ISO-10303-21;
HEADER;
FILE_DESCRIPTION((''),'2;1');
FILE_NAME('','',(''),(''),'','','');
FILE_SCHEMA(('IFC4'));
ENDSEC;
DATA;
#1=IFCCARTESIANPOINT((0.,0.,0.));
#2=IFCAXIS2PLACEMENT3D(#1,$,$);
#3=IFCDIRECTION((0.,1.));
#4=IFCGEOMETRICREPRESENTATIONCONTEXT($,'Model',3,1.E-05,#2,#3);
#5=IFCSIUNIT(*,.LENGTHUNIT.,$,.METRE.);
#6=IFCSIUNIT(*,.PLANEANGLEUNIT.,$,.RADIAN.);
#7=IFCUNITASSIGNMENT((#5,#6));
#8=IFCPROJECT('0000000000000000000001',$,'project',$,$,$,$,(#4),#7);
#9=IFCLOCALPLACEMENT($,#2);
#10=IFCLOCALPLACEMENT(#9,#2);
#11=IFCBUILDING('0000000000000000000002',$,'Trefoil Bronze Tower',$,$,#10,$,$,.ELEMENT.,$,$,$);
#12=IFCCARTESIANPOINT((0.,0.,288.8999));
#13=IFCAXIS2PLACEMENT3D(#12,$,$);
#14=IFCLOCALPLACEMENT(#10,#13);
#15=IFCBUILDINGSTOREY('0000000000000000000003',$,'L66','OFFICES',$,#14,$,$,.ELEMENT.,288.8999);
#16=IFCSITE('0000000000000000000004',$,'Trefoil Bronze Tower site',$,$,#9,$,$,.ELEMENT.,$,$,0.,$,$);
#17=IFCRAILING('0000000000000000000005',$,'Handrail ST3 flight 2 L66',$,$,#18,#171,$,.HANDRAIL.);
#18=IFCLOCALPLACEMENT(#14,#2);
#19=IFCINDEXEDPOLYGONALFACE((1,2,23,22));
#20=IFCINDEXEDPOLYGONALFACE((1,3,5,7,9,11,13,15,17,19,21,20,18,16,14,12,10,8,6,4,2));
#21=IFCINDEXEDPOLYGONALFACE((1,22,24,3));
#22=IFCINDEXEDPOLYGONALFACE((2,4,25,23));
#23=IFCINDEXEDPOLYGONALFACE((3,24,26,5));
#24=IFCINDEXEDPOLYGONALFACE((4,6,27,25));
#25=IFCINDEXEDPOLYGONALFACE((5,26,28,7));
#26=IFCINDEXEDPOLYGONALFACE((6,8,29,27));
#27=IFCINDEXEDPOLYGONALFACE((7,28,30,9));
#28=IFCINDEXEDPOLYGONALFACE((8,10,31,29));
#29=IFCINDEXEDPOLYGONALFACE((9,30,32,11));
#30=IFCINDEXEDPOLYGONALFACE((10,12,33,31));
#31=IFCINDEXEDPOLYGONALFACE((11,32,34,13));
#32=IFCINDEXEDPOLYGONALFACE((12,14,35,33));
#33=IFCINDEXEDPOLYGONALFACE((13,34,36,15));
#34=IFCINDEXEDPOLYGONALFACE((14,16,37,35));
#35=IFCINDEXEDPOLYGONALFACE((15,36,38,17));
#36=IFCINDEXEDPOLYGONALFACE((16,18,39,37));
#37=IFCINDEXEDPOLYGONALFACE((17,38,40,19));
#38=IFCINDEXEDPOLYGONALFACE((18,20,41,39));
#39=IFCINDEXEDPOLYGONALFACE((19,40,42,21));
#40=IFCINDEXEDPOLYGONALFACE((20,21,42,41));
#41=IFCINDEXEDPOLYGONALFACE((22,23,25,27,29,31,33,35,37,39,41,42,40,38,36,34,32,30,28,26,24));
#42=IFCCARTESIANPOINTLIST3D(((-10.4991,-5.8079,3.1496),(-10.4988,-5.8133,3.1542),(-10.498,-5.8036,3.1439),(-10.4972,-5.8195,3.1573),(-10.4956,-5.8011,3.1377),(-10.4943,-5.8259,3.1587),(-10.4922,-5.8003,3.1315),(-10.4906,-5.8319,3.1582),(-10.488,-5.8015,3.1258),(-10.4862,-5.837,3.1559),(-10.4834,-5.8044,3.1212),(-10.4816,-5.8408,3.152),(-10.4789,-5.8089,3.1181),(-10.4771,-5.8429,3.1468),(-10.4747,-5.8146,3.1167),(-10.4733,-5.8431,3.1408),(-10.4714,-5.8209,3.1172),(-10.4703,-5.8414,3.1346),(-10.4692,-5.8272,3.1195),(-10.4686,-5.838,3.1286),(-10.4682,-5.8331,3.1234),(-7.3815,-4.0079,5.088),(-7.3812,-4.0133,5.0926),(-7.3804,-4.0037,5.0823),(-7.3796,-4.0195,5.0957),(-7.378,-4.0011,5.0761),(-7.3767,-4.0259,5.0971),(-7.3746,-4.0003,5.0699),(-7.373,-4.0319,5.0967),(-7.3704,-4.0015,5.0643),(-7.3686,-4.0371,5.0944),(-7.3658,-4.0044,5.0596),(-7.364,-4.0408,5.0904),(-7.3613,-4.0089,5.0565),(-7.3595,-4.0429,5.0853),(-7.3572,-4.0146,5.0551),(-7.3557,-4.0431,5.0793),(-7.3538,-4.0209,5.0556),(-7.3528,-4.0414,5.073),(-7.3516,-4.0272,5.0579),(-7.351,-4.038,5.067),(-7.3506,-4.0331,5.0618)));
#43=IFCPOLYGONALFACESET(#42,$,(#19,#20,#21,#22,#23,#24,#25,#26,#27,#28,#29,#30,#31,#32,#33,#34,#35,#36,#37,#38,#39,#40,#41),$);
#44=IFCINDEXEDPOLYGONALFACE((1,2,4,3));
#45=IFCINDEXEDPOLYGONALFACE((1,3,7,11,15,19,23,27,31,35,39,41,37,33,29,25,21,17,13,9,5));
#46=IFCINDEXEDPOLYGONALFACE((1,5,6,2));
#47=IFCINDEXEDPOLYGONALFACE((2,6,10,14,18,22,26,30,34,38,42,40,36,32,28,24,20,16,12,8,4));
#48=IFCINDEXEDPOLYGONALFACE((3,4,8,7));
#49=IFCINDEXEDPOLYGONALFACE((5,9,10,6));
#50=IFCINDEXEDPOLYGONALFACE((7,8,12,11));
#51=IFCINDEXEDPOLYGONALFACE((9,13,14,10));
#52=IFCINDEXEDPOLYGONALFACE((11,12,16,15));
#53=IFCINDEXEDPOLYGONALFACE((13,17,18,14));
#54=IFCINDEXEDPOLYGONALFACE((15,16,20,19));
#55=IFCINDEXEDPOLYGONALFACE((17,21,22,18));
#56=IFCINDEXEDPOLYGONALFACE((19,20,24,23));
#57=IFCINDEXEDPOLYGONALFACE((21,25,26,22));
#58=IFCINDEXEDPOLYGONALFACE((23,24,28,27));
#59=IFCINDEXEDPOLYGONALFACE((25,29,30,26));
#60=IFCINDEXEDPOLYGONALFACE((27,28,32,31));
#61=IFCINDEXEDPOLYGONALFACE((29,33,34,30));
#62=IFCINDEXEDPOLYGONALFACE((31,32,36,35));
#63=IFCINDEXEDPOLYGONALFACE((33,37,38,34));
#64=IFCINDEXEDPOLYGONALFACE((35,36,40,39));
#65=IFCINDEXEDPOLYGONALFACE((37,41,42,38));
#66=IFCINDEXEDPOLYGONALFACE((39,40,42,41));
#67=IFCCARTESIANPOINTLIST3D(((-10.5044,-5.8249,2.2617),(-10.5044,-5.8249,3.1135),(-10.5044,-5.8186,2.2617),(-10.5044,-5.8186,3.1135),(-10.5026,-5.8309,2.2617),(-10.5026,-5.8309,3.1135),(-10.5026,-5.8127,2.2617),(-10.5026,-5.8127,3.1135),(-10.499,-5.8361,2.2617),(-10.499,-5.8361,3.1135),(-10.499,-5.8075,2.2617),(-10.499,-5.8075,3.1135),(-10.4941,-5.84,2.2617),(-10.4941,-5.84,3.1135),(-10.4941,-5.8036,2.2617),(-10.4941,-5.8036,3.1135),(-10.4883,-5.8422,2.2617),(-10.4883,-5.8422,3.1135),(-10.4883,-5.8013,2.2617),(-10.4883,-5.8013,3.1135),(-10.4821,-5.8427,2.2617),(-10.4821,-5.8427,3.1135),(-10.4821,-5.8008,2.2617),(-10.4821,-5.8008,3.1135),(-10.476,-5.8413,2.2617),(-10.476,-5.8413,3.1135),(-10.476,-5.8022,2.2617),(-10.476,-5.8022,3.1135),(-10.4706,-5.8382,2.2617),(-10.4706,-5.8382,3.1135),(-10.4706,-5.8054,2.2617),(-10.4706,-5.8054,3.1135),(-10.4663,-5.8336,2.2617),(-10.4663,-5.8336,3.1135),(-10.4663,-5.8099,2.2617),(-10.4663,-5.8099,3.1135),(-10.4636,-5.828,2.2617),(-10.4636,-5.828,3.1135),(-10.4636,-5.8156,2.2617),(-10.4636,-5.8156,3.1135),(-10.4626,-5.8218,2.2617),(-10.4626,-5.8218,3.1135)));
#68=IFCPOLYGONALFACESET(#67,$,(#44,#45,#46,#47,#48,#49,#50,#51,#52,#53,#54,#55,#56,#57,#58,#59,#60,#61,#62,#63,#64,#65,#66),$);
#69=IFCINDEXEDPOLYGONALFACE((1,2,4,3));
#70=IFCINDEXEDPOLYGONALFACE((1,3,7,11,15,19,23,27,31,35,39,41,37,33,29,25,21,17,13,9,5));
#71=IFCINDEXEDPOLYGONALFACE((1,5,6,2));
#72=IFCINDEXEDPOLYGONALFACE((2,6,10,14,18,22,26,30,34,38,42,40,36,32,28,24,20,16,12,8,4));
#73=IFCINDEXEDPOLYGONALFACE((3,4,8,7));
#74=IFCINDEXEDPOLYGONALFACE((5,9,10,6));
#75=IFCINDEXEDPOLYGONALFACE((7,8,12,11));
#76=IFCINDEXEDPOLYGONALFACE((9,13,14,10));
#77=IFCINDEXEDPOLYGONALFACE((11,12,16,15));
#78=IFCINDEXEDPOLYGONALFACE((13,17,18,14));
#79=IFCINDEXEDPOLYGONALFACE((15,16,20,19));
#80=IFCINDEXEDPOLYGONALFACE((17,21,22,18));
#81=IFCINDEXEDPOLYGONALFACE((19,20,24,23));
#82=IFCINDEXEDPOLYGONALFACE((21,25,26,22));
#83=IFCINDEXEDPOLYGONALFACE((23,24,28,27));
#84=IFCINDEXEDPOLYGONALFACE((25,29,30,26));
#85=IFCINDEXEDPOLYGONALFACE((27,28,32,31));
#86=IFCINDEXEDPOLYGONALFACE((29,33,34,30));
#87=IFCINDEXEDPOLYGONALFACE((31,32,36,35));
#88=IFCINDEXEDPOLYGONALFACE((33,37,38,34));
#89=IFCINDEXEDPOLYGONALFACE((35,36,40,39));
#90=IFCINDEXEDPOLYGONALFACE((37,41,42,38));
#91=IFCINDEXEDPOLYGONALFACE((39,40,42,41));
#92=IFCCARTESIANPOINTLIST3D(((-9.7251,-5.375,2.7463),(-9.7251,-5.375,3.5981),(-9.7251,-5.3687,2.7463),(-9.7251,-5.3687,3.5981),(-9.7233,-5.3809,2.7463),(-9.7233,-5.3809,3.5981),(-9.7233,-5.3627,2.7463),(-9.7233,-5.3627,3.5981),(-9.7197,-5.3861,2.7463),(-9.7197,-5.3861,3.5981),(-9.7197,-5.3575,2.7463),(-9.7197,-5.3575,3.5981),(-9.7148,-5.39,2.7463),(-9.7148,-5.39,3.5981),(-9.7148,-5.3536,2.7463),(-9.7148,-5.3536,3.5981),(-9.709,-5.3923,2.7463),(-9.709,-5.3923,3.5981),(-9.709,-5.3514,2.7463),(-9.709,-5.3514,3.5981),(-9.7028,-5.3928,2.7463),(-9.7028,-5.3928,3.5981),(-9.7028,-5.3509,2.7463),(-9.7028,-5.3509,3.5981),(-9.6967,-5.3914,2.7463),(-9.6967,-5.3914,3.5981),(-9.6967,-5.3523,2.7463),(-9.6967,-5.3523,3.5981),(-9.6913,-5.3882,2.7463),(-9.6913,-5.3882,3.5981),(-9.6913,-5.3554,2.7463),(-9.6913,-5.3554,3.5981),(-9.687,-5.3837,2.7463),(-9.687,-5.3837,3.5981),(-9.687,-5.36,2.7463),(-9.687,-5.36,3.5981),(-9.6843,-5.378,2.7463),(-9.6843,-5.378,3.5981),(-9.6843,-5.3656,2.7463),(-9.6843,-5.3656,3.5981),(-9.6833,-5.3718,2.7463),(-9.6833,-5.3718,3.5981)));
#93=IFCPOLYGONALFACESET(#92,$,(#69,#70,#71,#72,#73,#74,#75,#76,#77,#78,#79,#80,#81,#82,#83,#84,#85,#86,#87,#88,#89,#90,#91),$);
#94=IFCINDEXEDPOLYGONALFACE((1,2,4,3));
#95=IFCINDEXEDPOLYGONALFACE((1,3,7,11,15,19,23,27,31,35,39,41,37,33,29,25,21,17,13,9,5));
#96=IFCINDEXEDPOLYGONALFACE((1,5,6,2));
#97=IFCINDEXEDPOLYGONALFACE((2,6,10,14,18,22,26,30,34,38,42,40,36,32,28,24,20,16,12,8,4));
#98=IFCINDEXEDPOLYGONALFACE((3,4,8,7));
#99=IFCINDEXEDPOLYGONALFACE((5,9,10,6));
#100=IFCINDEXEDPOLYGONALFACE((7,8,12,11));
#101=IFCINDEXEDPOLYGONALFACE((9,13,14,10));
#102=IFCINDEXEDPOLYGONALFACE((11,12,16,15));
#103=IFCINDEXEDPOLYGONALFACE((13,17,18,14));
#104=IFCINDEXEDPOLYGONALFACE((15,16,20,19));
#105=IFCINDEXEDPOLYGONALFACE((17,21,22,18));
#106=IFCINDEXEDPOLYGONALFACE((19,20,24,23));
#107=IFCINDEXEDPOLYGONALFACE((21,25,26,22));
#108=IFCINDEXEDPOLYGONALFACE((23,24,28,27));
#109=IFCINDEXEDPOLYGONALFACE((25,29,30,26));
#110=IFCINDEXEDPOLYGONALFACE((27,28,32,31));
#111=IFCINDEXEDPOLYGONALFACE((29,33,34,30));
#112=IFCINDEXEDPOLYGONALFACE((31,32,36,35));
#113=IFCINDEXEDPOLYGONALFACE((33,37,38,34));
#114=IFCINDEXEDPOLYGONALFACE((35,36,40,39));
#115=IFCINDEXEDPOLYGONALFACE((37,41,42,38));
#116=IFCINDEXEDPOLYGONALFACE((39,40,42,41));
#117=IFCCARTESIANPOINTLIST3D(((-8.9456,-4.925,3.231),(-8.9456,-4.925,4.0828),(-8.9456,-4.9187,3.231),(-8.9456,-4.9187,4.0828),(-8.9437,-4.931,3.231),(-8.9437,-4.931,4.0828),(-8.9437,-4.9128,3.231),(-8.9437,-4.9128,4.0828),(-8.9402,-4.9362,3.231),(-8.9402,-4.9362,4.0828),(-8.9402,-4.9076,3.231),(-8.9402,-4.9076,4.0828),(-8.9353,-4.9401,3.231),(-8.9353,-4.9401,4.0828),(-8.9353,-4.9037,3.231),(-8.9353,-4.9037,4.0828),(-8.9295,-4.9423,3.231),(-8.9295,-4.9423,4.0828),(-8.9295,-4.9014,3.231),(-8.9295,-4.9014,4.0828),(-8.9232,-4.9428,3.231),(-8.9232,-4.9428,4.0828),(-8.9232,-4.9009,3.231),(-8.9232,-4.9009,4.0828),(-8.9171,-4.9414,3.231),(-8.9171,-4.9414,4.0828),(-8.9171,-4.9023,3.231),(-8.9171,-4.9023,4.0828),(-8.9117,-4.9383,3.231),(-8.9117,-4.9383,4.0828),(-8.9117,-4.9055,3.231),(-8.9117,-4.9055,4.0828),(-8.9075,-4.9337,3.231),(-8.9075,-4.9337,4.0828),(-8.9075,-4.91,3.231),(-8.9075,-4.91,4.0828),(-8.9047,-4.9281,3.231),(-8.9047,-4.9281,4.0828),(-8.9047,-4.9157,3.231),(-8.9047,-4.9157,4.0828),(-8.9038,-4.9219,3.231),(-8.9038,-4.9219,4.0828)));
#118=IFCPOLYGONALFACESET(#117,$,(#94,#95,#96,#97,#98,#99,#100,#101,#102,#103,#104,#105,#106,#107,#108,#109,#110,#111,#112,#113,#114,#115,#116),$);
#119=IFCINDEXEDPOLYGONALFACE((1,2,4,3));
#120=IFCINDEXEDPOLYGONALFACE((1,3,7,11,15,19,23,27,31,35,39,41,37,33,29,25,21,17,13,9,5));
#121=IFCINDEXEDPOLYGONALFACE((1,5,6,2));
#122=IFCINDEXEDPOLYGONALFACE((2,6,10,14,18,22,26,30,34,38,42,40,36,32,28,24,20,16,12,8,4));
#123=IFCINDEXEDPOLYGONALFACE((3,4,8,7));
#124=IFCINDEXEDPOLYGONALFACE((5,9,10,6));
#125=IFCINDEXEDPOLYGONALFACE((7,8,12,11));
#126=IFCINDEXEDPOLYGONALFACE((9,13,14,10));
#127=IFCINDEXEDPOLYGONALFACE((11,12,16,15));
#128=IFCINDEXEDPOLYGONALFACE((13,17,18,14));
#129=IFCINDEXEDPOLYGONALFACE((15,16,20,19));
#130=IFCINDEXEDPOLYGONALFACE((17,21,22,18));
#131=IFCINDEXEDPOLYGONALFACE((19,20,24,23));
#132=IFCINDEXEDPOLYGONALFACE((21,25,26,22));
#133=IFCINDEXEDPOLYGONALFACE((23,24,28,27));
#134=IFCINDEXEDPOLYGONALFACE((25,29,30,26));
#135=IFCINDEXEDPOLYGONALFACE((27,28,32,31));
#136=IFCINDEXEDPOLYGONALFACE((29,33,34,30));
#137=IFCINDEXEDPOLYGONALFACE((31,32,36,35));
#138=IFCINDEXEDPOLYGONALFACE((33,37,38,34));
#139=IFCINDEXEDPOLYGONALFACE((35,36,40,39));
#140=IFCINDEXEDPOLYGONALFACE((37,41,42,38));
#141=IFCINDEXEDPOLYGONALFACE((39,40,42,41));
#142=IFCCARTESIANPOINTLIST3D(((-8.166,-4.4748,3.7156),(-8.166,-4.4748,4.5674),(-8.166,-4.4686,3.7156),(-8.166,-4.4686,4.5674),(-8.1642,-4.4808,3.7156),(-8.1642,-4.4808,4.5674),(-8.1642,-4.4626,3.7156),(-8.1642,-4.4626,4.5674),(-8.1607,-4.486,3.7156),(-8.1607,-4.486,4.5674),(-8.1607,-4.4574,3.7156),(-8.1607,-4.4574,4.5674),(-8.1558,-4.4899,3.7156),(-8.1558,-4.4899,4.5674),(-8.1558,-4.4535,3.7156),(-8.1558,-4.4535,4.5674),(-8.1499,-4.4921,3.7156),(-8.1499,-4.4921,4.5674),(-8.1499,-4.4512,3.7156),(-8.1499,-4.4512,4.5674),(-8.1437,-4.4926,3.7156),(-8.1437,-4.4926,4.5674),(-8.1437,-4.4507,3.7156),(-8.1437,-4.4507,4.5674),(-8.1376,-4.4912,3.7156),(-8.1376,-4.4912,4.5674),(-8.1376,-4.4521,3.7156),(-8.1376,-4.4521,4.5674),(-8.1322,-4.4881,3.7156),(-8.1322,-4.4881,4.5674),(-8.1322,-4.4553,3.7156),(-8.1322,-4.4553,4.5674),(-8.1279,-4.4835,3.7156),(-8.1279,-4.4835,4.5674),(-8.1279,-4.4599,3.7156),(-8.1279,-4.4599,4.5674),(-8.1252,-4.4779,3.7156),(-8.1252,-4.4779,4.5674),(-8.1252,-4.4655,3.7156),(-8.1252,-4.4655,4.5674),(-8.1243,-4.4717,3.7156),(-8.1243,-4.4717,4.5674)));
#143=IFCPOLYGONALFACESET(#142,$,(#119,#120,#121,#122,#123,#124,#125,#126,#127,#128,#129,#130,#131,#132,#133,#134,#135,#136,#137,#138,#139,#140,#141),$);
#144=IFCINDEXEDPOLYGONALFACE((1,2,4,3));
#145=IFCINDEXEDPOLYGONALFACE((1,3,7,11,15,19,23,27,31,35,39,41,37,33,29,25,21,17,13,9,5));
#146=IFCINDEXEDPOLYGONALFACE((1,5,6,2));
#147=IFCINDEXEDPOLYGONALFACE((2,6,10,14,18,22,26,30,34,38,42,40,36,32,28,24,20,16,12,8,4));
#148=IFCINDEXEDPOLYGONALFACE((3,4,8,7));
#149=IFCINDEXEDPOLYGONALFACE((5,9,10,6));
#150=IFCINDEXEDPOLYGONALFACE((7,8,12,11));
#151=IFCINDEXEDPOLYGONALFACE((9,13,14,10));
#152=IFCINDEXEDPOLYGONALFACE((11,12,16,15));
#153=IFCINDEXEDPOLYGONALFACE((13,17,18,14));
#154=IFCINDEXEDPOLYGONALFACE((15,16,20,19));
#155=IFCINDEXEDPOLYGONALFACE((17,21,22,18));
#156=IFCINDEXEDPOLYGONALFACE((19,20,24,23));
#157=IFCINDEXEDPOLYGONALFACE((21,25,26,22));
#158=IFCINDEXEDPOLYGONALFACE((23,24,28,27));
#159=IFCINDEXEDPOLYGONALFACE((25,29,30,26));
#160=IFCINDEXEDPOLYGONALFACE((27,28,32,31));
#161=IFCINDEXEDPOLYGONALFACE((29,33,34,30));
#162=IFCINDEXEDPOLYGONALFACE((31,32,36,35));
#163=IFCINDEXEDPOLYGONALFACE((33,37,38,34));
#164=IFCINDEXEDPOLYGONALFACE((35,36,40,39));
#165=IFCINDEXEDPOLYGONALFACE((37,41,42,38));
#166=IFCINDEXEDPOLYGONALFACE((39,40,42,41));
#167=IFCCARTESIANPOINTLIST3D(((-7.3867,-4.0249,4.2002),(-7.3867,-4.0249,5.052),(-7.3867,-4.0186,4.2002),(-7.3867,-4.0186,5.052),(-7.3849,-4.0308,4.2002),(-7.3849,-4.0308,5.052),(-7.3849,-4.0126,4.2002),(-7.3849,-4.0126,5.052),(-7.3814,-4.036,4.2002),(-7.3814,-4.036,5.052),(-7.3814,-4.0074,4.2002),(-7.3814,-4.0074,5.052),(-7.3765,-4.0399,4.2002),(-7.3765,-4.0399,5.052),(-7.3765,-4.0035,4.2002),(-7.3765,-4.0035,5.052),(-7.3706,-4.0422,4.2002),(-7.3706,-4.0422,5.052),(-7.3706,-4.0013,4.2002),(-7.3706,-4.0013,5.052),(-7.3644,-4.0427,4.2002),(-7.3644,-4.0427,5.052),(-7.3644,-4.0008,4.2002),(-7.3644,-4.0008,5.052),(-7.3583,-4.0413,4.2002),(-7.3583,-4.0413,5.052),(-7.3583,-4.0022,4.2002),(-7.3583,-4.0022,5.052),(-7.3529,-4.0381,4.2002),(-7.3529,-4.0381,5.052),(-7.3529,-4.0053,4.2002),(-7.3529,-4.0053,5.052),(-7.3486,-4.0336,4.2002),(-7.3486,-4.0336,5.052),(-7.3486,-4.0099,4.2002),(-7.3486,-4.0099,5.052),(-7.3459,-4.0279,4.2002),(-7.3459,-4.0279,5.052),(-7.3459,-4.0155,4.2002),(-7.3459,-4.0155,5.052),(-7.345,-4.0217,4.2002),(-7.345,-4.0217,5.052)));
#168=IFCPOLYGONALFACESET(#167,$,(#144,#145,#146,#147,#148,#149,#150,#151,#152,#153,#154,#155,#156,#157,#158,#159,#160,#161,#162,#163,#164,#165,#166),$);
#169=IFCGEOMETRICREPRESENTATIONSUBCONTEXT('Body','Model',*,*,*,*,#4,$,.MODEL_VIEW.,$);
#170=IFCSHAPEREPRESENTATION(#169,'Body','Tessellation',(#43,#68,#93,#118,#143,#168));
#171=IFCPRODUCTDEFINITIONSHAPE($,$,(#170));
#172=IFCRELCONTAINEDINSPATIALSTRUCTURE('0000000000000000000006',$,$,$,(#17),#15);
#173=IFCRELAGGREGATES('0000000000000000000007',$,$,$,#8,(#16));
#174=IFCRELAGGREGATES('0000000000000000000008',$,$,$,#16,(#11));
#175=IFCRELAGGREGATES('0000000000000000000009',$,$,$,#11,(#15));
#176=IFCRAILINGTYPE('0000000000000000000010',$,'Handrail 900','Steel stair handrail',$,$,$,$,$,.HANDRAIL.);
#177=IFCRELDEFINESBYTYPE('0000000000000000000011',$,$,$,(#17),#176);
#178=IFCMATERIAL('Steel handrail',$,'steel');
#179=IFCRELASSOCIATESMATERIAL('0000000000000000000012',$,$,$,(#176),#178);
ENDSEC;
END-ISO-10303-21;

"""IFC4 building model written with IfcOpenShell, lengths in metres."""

from ifc_helpers import new_model, si_unit, direction, frame, origin, origin_2d, place, context, subcontext, project, spatial, circle, extrude, material, type_object, element, save


model = new_model("IFC4")

# Units and contexts
model_context = context("Model", 3, precision=1e-05, world=origin(), true_north=direction((0.0, 1.0)))
body_context = subcontext(model_context, "Body", "Model", "MODEL_VIEW")
ifc_project = project(units=[si_unit("LENGTHUNIT", "METRE"), si_unit("PLANEANGLEUNIT", "RADIAN")], contexts=[model_context])

# Site, building, storey
site_placement = place(None, origin())
site = spatial("IfcSite", under=ifc_project, at=site_placement, Name="Trefoil Bronze Tower site", CompositionType="ELEMENT", RefElevation=0.0)
building_placement = place(site_placement, origin())
building = spatial("IfcBuilding", under=site, at=building_placement, Name="Trefoil Bronze Tower", CompositionType="ELEMENT")
storey_placement = place(building_placement, frame((0.0, 0.0, 288.8999)))
storey = spatial("IfcBuildingStorey", under=building, at=storey_placement, Name="L66", Description="OFFICES", CompositionType="ELEMENT", Elevation=288.8999)

# Railing
ifc_material_1 = material(Name="Steel handrail", Category="steel")
railing_type = type_object("IfcRailingType", Name="Handrail 900", Description="Steel stair handrail", PredefinedType="HANDRAIL", material=ifc_material_1)
railing_placement = place(storey_placement, frame((-10.4836, -5.8218, 2.2617)))
element("IfcRailing", 1, at=railing_placement, inside=storey, type_object=railing_type, Name="Handrail ST3 flight 2 L66", PredefinedType="HANDRAIL", context=body_context, shape_type="SweptSolid", body=[
    extrude(circle(Radius=0.0239, at=origin_2d()), frame((0.0, 0.0, 0.876), z_axis=(0.762503, 0.440246, 0.474102), x_axis=(-0.500012, 0.866018, 0.0)), (0.0, 0.0, 1.0), 4.0886),
    extrude(circle(Radius=0.021, at=origin_2d()), origin(), (0.0, 0.0, 1.0), 0.8518),
    extrude(circle(Radius=0.021, at=origin_2d()), frame((0.7793, 0.45, 0.4846)), (0.0, 0.0, 1.0), 0.8518),
    extrude(circle(Radius=0.021, at=origin_2d()), frame((1.5588, 0.8999, 0.9692)), (0.0, 0.0, 1.0), 0.8518),
    extrude(circle(Radius=0.021, at=origin_2d()), frame((2.3384, 1.3501, 1.4539)), (0.0, 0.0, 1.0), 0.8518),
    extrude(circle(Radius=0.021, at=origin_2d()), frame((3.1177, 1.8, 1.9385)), (0.0, 0.0, 1.0), 0.8518),
])

save(model, "model.ifc")
